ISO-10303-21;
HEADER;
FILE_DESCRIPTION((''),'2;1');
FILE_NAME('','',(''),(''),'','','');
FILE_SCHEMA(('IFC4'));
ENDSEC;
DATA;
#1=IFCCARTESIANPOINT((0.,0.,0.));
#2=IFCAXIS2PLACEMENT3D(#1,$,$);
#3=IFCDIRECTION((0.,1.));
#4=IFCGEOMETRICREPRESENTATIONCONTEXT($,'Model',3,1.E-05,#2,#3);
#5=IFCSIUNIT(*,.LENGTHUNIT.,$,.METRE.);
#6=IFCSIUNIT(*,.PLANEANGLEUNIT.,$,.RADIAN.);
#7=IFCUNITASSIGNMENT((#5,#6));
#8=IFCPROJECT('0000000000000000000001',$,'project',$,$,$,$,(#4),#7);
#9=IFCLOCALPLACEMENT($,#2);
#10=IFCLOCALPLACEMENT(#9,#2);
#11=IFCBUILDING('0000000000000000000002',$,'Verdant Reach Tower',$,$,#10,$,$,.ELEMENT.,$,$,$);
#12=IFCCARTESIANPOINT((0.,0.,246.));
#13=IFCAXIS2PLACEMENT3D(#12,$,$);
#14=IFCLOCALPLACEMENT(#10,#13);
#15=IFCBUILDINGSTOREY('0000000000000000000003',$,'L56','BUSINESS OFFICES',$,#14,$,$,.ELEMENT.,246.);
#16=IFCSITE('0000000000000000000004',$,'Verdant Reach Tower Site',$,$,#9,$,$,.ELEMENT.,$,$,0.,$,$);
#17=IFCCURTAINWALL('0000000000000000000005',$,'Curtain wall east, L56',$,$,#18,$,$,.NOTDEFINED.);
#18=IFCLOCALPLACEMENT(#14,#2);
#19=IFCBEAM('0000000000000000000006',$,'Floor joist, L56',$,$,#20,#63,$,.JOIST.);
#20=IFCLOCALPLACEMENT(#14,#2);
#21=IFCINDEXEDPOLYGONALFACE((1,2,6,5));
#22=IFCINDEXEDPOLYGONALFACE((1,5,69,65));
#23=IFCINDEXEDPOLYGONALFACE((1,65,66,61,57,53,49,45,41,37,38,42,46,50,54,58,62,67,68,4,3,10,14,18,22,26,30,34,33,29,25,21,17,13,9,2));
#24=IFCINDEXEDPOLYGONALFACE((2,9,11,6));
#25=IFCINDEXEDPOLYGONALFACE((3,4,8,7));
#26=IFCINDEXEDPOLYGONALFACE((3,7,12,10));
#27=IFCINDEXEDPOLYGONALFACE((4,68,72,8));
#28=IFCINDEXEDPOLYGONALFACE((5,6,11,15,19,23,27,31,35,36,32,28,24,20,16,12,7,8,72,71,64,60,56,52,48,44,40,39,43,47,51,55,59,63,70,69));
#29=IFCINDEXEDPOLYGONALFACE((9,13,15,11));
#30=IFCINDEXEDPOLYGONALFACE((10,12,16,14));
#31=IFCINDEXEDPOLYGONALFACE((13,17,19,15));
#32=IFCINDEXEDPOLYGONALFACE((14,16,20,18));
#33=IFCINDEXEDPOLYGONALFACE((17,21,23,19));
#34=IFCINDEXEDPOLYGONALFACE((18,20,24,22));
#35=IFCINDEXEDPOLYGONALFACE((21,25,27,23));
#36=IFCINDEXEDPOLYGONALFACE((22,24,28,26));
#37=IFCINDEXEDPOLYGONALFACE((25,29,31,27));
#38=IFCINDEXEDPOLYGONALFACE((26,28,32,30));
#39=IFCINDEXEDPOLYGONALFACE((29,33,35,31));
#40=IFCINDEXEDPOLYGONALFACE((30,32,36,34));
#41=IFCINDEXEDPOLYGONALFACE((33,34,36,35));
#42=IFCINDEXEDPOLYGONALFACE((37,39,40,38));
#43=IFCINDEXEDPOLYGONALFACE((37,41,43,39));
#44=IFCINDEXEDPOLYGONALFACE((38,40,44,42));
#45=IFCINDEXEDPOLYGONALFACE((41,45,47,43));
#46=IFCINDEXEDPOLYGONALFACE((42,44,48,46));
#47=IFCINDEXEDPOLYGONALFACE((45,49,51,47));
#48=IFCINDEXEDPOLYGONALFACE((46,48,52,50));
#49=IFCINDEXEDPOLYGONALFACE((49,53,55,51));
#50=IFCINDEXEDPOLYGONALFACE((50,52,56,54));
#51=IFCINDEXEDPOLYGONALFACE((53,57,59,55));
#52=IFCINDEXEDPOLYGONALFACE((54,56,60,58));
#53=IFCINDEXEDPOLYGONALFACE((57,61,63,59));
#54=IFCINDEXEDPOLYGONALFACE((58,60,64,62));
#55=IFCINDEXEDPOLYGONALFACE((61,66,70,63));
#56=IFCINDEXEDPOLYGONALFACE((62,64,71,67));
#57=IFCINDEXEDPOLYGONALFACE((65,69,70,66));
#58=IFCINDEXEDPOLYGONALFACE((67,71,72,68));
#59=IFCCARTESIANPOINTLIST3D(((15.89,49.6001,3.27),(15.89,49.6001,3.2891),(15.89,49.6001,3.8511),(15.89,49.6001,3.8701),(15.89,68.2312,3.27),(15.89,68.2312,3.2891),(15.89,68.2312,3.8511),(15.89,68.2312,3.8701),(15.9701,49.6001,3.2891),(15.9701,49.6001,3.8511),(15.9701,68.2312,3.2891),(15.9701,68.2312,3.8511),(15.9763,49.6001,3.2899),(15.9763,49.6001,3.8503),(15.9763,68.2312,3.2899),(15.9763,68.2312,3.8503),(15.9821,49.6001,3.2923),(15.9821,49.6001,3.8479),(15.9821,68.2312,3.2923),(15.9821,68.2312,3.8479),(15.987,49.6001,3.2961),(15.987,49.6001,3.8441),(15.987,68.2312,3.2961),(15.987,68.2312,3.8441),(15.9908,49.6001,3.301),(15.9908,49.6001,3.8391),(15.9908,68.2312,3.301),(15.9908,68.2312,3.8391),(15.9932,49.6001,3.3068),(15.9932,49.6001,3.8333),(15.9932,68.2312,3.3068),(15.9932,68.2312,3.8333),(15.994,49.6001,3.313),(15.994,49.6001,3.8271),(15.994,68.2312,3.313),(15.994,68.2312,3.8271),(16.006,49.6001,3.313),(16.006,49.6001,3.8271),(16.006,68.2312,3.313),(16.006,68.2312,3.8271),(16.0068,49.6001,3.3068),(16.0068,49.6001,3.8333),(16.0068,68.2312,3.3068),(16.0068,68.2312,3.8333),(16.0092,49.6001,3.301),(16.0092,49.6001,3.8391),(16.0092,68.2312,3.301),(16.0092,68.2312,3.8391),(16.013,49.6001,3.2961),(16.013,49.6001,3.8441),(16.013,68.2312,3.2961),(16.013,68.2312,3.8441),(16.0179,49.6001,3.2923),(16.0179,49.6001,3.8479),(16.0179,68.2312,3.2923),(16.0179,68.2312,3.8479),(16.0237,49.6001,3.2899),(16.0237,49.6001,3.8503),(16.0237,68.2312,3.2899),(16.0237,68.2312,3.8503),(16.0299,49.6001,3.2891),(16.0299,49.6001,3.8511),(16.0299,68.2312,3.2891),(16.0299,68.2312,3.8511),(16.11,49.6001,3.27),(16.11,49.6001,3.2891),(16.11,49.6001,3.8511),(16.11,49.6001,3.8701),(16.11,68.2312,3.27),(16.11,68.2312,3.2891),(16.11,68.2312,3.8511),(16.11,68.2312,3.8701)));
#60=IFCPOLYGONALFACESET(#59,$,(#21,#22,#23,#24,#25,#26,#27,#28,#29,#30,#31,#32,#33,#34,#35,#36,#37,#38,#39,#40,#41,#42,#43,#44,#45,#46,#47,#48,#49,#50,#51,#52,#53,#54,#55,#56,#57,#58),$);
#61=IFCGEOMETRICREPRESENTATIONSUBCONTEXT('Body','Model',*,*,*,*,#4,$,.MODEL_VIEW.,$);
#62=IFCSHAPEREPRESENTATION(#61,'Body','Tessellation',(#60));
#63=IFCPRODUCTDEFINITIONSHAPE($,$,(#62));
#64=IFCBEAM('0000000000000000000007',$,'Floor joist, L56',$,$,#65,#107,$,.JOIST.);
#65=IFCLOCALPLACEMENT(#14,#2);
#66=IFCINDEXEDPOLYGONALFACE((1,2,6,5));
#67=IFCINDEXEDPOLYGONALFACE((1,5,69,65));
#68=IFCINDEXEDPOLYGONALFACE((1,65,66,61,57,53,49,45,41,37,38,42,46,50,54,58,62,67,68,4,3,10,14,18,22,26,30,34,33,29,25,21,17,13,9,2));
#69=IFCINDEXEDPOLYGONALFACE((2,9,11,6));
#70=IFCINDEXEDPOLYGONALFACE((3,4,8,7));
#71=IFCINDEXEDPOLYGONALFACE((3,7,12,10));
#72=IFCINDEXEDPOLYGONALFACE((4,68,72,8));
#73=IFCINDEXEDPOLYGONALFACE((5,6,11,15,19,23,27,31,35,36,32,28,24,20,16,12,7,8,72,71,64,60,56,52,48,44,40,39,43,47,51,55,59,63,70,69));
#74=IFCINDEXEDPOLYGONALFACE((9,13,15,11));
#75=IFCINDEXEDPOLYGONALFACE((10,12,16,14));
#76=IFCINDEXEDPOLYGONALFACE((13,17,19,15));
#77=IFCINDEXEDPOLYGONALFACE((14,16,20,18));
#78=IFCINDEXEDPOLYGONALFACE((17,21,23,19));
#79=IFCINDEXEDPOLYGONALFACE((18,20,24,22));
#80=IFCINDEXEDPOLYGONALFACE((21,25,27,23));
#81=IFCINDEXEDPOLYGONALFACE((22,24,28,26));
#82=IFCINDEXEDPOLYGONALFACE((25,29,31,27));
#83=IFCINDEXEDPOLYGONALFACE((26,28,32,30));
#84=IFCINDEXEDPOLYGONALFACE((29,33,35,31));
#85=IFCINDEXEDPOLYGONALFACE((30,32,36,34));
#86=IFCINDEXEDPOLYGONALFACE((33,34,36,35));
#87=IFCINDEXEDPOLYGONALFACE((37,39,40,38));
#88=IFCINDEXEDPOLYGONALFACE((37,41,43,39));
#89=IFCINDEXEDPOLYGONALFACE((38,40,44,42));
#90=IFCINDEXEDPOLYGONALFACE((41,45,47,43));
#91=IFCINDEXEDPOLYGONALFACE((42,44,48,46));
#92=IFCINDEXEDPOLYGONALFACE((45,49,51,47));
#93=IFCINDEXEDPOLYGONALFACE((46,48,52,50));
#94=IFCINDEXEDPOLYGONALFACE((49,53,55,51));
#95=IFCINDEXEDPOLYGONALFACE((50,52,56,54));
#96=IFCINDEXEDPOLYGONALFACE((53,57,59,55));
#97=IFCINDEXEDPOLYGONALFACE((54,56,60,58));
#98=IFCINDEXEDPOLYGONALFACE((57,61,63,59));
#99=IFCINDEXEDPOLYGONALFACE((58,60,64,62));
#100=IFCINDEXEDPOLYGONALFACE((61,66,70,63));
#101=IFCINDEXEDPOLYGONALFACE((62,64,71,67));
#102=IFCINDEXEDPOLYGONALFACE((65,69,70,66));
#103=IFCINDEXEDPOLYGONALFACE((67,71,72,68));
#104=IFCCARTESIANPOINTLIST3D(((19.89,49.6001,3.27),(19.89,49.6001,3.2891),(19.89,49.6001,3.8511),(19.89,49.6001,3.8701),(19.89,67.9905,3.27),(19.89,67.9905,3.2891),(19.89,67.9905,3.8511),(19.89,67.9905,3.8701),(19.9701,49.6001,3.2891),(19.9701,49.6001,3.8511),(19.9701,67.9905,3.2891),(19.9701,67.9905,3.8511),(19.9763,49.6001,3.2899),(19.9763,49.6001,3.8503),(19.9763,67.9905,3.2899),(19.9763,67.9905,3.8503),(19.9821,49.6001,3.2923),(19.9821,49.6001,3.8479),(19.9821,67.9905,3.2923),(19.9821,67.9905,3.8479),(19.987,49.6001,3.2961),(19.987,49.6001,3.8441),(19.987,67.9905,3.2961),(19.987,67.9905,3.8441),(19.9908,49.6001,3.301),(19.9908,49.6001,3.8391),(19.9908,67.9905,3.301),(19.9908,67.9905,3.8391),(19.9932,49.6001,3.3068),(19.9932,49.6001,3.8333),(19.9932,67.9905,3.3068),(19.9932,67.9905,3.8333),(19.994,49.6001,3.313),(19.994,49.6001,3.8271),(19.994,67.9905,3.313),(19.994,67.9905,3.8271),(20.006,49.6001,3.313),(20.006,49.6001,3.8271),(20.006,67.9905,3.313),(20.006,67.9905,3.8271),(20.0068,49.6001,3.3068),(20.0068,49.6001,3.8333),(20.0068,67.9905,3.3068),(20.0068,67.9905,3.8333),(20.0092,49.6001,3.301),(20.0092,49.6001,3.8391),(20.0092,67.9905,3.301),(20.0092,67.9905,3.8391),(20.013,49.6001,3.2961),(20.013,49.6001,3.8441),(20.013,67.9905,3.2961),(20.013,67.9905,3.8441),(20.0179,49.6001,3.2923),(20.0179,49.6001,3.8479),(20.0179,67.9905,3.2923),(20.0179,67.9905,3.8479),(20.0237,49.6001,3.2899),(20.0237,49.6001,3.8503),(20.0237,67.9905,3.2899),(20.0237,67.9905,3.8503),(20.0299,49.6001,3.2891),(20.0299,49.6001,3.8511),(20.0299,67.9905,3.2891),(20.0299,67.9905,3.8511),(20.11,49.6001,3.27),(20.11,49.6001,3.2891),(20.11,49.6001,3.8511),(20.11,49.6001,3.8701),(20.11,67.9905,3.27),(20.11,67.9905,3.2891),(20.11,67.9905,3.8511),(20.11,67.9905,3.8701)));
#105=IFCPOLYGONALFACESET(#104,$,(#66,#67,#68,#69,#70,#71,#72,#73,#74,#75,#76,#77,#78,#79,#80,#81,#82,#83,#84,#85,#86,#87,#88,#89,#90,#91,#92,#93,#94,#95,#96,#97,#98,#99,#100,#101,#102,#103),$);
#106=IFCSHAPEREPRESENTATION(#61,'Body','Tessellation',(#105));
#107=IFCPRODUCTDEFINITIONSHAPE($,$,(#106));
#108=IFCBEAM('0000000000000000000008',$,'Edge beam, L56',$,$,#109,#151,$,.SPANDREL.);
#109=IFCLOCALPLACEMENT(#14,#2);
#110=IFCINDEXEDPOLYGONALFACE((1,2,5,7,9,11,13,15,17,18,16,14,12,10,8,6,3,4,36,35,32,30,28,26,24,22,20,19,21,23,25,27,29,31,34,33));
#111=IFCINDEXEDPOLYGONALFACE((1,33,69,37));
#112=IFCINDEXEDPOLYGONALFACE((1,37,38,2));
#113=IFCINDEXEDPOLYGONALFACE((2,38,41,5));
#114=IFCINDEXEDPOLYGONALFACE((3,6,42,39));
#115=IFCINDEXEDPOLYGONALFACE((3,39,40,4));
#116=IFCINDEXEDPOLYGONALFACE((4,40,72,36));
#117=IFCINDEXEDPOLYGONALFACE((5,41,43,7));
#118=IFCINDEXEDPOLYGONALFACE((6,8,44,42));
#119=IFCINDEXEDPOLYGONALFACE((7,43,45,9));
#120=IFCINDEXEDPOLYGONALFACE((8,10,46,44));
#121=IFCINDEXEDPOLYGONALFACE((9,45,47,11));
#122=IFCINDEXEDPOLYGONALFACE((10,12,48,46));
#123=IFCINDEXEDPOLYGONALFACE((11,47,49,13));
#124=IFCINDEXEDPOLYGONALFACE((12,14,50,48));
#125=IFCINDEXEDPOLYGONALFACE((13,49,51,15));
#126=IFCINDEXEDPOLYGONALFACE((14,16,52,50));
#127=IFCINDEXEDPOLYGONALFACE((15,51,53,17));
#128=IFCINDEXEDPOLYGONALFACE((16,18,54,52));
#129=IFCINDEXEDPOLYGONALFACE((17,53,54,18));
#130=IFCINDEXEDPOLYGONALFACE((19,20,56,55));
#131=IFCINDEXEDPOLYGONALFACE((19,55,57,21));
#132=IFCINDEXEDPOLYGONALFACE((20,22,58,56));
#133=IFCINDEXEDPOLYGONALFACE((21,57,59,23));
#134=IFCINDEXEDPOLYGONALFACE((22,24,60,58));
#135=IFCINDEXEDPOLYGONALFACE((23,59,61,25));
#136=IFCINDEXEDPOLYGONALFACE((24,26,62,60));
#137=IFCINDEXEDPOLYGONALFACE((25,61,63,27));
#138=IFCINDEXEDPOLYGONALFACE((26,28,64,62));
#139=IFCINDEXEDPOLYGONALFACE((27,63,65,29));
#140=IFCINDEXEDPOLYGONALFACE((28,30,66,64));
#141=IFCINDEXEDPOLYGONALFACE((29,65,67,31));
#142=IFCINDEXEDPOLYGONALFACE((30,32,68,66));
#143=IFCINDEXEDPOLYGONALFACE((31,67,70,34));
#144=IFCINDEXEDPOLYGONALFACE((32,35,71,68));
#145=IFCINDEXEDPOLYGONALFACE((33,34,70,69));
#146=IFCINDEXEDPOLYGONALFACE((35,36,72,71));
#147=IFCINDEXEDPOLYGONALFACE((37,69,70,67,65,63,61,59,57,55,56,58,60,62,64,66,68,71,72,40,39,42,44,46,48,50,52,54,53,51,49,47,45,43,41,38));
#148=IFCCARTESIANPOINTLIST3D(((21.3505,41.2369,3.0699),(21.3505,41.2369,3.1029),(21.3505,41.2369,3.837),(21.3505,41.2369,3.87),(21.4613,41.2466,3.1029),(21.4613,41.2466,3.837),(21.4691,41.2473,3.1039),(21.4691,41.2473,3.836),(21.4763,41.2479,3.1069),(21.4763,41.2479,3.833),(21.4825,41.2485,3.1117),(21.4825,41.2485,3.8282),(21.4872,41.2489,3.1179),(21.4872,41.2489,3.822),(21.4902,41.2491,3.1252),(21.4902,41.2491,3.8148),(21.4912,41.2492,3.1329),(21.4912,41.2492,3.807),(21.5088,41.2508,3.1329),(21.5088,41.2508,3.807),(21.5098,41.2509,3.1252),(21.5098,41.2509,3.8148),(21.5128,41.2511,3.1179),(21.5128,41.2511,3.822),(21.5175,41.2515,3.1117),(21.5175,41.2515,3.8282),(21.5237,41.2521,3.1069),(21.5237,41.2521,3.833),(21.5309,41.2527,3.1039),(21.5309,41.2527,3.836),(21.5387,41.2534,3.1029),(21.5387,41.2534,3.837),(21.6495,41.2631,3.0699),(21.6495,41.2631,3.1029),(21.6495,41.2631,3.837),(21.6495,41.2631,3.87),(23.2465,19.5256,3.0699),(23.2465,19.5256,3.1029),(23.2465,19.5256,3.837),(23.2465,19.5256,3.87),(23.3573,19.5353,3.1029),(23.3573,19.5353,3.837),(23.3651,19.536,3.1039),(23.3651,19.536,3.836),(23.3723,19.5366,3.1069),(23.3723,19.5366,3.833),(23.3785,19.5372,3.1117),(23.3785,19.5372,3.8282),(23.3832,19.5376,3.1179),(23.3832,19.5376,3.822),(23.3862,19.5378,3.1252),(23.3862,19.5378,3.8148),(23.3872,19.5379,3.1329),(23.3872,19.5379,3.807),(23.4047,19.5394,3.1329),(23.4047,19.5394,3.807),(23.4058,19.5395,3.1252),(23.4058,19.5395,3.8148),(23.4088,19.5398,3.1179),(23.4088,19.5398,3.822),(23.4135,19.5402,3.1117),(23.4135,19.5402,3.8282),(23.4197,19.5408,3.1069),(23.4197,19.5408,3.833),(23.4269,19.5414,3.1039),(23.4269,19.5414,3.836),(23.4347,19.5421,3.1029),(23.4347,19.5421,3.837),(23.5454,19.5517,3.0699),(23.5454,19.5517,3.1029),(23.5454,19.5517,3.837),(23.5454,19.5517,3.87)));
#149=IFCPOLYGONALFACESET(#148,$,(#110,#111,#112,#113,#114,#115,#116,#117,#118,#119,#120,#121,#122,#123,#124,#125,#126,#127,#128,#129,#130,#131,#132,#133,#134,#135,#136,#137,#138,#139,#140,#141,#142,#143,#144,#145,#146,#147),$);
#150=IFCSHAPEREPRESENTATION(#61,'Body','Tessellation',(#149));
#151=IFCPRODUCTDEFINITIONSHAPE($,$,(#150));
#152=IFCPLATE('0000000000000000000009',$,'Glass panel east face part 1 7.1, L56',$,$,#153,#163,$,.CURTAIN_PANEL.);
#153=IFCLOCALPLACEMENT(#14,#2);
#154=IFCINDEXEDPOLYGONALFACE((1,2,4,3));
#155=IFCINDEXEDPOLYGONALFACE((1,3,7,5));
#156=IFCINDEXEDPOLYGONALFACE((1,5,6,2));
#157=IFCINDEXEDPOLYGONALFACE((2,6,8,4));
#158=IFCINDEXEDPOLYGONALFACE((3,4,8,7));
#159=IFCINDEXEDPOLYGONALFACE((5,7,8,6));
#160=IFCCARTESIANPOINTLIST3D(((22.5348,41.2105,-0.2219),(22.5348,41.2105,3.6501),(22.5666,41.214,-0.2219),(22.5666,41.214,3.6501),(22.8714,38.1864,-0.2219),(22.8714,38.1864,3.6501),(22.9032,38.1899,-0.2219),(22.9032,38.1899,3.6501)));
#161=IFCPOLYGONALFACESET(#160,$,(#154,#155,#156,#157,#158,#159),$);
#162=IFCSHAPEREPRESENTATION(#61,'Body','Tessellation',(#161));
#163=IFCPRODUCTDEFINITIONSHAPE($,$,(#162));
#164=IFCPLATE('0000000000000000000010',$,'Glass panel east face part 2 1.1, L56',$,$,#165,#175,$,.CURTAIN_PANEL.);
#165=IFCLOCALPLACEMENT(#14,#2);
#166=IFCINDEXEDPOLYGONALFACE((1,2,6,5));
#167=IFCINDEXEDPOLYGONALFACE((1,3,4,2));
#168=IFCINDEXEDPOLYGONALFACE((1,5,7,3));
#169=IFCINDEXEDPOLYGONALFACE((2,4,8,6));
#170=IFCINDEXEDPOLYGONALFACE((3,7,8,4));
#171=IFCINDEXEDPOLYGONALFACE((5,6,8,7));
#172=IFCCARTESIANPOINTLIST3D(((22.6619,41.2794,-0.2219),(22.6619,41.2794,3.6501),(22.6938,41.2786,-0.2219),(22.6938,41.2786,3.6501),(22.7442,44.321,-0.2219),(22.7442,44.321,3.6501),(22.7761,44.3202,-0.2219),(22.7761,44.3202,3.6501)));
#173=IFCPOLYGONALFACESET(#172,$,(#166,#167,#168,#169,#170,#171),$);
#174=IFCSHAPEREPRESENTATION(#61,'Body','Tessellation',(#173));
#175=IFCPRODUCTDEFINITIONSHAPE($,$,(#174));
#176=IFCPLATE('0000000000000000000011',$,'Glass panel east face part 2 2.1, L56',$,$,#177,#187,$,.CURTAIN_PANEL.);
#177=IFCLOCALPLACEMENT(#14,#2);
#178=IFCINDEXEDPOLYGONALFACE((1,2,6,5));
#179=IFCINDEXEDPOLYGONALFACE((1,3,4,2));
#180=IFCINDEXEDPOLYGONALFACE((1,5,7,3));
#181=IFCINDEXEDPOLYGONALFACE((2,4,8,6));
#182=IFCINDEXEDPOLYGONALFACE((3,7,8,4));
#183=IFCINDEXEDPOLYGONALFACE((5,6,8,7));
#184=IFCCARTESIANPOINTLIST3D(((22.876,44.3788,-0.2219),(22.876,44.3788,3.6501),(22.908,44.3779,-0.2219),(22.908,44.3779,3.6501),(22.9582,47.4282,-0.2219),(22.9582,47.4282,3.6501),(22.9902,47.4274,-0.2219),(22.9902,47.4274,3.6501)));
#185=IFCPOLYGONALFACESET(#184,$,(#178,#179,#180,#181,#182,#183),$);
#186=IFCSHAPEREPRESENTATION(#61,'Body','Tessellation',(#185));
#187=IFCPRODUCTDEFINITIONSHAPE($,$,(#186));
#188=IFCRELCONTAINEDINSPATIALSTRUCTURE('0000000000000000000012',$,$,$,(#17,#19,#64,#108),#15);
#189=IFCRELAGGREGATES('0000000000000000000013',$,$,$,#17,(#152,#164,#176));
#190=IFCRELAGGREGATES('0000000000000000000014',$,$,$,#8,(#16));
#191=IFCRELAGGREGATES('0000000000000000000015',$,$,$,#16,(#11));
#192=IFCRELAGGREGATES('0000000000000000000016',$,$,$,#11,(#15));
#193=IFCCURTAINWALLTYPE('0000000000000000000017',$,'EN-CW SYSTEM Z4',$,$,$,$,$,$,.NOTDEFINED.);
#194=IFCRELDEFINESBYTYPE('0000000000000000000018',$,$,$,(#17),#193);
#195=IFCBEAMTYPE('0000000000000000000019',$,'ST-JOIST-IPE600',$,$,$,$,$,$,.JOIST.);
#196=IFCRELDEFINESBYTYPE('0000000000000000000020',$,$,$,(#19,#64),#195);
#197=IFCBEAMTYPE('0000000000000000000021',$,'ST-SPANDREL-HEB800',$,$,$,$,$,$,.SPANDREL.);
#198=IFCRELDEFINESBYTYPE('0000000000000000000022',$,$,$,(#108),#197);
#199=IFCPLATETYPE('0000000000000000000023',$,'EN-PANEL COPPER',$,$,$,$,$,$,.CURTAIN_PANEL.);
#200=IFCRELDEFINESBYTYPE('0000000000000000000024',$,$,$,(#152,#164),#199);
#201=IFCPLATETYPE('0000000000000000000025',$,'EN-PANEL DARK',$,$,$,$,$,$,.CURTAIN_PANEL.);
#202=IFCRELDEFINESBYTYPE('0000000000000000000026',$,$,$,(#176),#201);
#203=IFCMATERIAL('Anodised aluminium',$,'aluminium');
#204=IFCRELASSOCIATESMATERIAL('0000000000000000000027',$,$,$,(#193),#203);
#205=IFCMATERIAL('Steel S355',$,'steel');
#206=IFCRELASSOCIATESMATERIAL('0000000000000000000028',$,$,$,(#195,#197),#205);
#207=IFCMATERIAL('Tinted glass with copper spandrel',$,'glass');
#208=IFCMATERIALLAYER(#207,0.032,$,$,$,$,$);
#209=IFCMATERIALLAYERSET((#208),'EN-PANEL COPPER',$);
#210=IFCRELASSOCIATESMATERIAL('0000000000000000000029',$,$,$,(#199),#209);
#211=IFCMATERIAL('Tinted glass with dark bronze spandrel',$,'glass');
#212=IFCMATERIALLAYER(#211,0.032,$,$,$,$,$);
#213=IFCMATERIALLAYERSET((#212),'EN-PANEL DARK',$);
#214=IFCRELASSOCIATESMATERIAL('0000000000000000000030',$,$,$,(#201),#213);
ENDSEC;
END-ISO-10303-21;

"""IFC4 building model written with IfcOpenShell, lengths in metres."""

from ifc_helpers import new_model, si_unit, direction, frame, origin, origin_2d, place, context, subcontext, project, spatial, rectangle, i_section, extrude, material, layer, layer_set, material_profile, profile_set, type_object, element, aggregate, save


model = new_model("IFC4")

# Units and contexts
model_context = context("Model", 3, precision=1e-05, world=origin(), true_north=direction((0.0, 1.0)))
body_context = subcontext(model_context, "Body", "Model", "MODEL_VIEW")
ifc_project = project(units=[si_unit("LENGTHUNIT", "METRE"), si_unit("PLANEANGLEUNIT", "RADIAN")], contexts=[model_context])

# Site, building, storey
site_placement = place(None, origin())
site = spatial("IfcSite", under=ifc_project, at=site_placement, Name="Verdant Reach Tower Site", CompositionType="ELEMENT", RefElevation=0.0)
building_placement = place(site_placement, origin())
building = spatial("IfcBuilding", under=site, at=building_placement, Name="Verdant Reach Tower", CompositionType="ELEMENT")
storey_placement = place(building_placement, frame((0.0, 0.0, 246.0)))
storey = spatial("IfcBuildingStorey", under=building, at=storey_placement, Name="L56", Description="BUSINESS OFFICES", CompositionType="ELEMENT", Elevation=246.0)

# Curtain wall
ifc_material_1 = material(Name="Anodised aluminium", Category="aluminium")
curtain_wall_type = type_object("IfcCurtainWallType", Name="EN-CW SYSTEM Z4", PredefinedType="NOTDEFINED", material=ifc_material_1)
curtain_wall_placement = place(storey_placement, origin())
curtain_wall = element("IfcCurtainWall", 1, at=curtain_wall_placement, inside=storey, type_object=curtain_wall_type, Name="Curtain wall east, L56", PredefinedType="NOTDEFINED")

# Beams
ifc_material_2 = material(Name="Steel S355", Category="steel")
ifc_material_profile_1 = material_profile(ifc_material_2, i_section(OverallWidth=0.22, OverallDepth=0.6001, WebThickness=0.012, FlangeThickness=0.019, FilletRadius=0.0239, at=origin_2d()), Name="IPE 600")
ifc_profile_set_1 = profile_set([ifc_material_profile_1], Name="Steel S355")
beam_type_1 = type_object("IfcBeamType", Name="ST-JOIST-IPE600", PredefinedType="JOIST", material=ifc_profile_set_1)
beam_1_placement = place(storey_placement, frame((16.0, 49.6001, 3.5701), z_axis=(0.0, 1.0, 0.0), x_axis=(-1.0, 0.0, 0.0)))
element("IfcBeam", 2, at=beam_1_placement, inside=storey, type_object=beam_type_1, Name="Floor joist, L56", PredefinedType="JOIST", context=body_context, shape_type="SweptSolid", body=[
    extrude(i_section(OverallWidth=0.22, OverallDepth=0.6001, WebThickness=0.012, FlangeThickness=0.019, FilletRadius=0.0239, at=origin_2d()), origin(), (0.0, 0.0, 1.0), 18.6311),
])
beam_2_placement = place(storey_placement, frame((20.0, 49.6001, 3.5701), z_axis=(0.0, 1.0, 0.0), x_axis=(-1.0, 0.0, 0.0)))
element("IfcBeam", 3, at=beam_2_placement, inside=storey, type_object=beam_type_1, Name="Floor joist, L56", PredefinedType="JOIST", context=body_context, shape_type="SweptSolid", body=[
    extrude(i_section(OverallWidth=0.22, OverallDepth=0.6001, WebThickness=0.012, FlangeThickness=0.019, FilletRadius=0.0239, at=origin_2d()), origin(), (0.0, 0.0, 1.0), 18.3904),
])
ifc_material_profile_2 = material_profile(ifc_material_2, i_section(OverallWidth=0.3, OverallDepth=0.8, WebThickness=0.0176, FlangeThickness=0.033, FilletRadius=0.03, at=origin_2d()), Name="HEB 800")
ifc_profile_set_2 = profile_set([ifc_material_profile_2], Name="Steel S355")
beam_type_2 = type_object("IfcBeamType", Name="ST-SPANDREL-HEB800", PredefinedType="SPANDREL", material=ifc_profile_set_2)
beam_3_placement = place(storey_placement, frame((21.5, 41.25, 3.47), z_axis=(0.086996, -0.996209, 0.0), x_axis=(0.996209, 0.086996, 0.0)))
element("IfcBeam", 4, at=beam_3_placement, inside=storey, type_object=beam_type_2, Name="Edge beam, L56", PredefinedType="SPANDREL", context=body_context, shape_type="SweptSolid", body=[
    extrude(i_section(OverallWidth=0.3, OverallDepth=0.8, WebThickness=0.0176, FlangeThickness=0.033, FilletRadius=0.03, at=origin_2d()), origin(), (0.0, 0.0, 1.0), 21.7939),
])

# Plates
ifc_material_3 = material(Name="Tinted glass with copper spandrel", Category="glass")
ifc_layer_1 = layer(ifc_material_3, 0.032)
ifc_layer_set_1 = layer_set([ifc_layer_1], Name="EN-PANEL COPPER")
plate_type_1 = type_object("IfcPlateType", Name="EN-PANEL COPPER", PredefinedType="CURTAIN_PANEL", material=ifc_layer_set_1)
plate_1_placement = place(storey_placement, frame((22.719, 39.7002, -0.2219), z_axis=(0.0, 0.0, 1.0), x_axis=(-0.110603, 0.993865, 0.0)))
plate_1 = element("IfcPlate", 5, at=plate_1_placement, type_object=plate_type_1, Name="Glass panel east face part 1 7.1, L56", PredefinedType="CURTAIN_PANEL", context=body_context, shape_type="SweptSolid", body=[
    extrude(rectangle(XDim=3.0427, YDim=0.032, at=origin_2d()), origin(), (0.0, 0.0, 1.0), 3.8721),
])
plate_2_placement = place(storey_placement, frame((22.719, 42.7998, -0.2219), z_axis=(0.0, 0.0, 1.0), x_axis=(0.027051, 0.999634, 0.0)))
plate_2 = element("IfcPlate", 6, at=plate_2_placement, type_object=plate_type_1, Name="Glass panel east face part 2 1.1, L56", PredefinedType="CURTAIN_PANEL", context=body_context, shape_type="SweptSolid", body=[
    extrude(rectangle(XDim=3.0427, YDim=0.032, at=origin_2d()), origin(), (0.0, 0.0, 1.0), 3.8721),
])
ifc_material_4 = material(Name="Tinted glass with dark bronze spandrel", Category="glass")
ifc_layer_2 = layer(ifc_material_4, 0.032)
ifc_layer_set_2 = layer_set([ifc_layer_2], Name="EN-PANEL DARK")
plate_type_2 = type_object("IfcPlateType", Name="EN-PANEL DARK", PredefinedType="CURTAIN_PANEL", material=ifc_layer_set_2)
plate_3_placement = place(storey_placement, frame((22.9331, 45.9031, -0.2219), z_axis=(0.0, 0.0, 1.0), x_axis=(0.026965, 0.999636, 0.0)))
plate_3 = element("IfcPlate", 7, at=plate_3_placement, type_object=plate_type_2, Name="Glass panel east face part 2 2.1, L56", PredefinedType="CURTAIN_PANEL", context=body_context, shape_type="SweptSolid", body=[
    extrude(rectangle(XDim=3.0505, YDim=0.032, at=origin_2d()), origin(), (0.0, 0.0, 1.0), 3.8721),
])
aggregate(curtain_wall, [plate_1, plate_2, plate_3])

save(model, "model.ifc")
